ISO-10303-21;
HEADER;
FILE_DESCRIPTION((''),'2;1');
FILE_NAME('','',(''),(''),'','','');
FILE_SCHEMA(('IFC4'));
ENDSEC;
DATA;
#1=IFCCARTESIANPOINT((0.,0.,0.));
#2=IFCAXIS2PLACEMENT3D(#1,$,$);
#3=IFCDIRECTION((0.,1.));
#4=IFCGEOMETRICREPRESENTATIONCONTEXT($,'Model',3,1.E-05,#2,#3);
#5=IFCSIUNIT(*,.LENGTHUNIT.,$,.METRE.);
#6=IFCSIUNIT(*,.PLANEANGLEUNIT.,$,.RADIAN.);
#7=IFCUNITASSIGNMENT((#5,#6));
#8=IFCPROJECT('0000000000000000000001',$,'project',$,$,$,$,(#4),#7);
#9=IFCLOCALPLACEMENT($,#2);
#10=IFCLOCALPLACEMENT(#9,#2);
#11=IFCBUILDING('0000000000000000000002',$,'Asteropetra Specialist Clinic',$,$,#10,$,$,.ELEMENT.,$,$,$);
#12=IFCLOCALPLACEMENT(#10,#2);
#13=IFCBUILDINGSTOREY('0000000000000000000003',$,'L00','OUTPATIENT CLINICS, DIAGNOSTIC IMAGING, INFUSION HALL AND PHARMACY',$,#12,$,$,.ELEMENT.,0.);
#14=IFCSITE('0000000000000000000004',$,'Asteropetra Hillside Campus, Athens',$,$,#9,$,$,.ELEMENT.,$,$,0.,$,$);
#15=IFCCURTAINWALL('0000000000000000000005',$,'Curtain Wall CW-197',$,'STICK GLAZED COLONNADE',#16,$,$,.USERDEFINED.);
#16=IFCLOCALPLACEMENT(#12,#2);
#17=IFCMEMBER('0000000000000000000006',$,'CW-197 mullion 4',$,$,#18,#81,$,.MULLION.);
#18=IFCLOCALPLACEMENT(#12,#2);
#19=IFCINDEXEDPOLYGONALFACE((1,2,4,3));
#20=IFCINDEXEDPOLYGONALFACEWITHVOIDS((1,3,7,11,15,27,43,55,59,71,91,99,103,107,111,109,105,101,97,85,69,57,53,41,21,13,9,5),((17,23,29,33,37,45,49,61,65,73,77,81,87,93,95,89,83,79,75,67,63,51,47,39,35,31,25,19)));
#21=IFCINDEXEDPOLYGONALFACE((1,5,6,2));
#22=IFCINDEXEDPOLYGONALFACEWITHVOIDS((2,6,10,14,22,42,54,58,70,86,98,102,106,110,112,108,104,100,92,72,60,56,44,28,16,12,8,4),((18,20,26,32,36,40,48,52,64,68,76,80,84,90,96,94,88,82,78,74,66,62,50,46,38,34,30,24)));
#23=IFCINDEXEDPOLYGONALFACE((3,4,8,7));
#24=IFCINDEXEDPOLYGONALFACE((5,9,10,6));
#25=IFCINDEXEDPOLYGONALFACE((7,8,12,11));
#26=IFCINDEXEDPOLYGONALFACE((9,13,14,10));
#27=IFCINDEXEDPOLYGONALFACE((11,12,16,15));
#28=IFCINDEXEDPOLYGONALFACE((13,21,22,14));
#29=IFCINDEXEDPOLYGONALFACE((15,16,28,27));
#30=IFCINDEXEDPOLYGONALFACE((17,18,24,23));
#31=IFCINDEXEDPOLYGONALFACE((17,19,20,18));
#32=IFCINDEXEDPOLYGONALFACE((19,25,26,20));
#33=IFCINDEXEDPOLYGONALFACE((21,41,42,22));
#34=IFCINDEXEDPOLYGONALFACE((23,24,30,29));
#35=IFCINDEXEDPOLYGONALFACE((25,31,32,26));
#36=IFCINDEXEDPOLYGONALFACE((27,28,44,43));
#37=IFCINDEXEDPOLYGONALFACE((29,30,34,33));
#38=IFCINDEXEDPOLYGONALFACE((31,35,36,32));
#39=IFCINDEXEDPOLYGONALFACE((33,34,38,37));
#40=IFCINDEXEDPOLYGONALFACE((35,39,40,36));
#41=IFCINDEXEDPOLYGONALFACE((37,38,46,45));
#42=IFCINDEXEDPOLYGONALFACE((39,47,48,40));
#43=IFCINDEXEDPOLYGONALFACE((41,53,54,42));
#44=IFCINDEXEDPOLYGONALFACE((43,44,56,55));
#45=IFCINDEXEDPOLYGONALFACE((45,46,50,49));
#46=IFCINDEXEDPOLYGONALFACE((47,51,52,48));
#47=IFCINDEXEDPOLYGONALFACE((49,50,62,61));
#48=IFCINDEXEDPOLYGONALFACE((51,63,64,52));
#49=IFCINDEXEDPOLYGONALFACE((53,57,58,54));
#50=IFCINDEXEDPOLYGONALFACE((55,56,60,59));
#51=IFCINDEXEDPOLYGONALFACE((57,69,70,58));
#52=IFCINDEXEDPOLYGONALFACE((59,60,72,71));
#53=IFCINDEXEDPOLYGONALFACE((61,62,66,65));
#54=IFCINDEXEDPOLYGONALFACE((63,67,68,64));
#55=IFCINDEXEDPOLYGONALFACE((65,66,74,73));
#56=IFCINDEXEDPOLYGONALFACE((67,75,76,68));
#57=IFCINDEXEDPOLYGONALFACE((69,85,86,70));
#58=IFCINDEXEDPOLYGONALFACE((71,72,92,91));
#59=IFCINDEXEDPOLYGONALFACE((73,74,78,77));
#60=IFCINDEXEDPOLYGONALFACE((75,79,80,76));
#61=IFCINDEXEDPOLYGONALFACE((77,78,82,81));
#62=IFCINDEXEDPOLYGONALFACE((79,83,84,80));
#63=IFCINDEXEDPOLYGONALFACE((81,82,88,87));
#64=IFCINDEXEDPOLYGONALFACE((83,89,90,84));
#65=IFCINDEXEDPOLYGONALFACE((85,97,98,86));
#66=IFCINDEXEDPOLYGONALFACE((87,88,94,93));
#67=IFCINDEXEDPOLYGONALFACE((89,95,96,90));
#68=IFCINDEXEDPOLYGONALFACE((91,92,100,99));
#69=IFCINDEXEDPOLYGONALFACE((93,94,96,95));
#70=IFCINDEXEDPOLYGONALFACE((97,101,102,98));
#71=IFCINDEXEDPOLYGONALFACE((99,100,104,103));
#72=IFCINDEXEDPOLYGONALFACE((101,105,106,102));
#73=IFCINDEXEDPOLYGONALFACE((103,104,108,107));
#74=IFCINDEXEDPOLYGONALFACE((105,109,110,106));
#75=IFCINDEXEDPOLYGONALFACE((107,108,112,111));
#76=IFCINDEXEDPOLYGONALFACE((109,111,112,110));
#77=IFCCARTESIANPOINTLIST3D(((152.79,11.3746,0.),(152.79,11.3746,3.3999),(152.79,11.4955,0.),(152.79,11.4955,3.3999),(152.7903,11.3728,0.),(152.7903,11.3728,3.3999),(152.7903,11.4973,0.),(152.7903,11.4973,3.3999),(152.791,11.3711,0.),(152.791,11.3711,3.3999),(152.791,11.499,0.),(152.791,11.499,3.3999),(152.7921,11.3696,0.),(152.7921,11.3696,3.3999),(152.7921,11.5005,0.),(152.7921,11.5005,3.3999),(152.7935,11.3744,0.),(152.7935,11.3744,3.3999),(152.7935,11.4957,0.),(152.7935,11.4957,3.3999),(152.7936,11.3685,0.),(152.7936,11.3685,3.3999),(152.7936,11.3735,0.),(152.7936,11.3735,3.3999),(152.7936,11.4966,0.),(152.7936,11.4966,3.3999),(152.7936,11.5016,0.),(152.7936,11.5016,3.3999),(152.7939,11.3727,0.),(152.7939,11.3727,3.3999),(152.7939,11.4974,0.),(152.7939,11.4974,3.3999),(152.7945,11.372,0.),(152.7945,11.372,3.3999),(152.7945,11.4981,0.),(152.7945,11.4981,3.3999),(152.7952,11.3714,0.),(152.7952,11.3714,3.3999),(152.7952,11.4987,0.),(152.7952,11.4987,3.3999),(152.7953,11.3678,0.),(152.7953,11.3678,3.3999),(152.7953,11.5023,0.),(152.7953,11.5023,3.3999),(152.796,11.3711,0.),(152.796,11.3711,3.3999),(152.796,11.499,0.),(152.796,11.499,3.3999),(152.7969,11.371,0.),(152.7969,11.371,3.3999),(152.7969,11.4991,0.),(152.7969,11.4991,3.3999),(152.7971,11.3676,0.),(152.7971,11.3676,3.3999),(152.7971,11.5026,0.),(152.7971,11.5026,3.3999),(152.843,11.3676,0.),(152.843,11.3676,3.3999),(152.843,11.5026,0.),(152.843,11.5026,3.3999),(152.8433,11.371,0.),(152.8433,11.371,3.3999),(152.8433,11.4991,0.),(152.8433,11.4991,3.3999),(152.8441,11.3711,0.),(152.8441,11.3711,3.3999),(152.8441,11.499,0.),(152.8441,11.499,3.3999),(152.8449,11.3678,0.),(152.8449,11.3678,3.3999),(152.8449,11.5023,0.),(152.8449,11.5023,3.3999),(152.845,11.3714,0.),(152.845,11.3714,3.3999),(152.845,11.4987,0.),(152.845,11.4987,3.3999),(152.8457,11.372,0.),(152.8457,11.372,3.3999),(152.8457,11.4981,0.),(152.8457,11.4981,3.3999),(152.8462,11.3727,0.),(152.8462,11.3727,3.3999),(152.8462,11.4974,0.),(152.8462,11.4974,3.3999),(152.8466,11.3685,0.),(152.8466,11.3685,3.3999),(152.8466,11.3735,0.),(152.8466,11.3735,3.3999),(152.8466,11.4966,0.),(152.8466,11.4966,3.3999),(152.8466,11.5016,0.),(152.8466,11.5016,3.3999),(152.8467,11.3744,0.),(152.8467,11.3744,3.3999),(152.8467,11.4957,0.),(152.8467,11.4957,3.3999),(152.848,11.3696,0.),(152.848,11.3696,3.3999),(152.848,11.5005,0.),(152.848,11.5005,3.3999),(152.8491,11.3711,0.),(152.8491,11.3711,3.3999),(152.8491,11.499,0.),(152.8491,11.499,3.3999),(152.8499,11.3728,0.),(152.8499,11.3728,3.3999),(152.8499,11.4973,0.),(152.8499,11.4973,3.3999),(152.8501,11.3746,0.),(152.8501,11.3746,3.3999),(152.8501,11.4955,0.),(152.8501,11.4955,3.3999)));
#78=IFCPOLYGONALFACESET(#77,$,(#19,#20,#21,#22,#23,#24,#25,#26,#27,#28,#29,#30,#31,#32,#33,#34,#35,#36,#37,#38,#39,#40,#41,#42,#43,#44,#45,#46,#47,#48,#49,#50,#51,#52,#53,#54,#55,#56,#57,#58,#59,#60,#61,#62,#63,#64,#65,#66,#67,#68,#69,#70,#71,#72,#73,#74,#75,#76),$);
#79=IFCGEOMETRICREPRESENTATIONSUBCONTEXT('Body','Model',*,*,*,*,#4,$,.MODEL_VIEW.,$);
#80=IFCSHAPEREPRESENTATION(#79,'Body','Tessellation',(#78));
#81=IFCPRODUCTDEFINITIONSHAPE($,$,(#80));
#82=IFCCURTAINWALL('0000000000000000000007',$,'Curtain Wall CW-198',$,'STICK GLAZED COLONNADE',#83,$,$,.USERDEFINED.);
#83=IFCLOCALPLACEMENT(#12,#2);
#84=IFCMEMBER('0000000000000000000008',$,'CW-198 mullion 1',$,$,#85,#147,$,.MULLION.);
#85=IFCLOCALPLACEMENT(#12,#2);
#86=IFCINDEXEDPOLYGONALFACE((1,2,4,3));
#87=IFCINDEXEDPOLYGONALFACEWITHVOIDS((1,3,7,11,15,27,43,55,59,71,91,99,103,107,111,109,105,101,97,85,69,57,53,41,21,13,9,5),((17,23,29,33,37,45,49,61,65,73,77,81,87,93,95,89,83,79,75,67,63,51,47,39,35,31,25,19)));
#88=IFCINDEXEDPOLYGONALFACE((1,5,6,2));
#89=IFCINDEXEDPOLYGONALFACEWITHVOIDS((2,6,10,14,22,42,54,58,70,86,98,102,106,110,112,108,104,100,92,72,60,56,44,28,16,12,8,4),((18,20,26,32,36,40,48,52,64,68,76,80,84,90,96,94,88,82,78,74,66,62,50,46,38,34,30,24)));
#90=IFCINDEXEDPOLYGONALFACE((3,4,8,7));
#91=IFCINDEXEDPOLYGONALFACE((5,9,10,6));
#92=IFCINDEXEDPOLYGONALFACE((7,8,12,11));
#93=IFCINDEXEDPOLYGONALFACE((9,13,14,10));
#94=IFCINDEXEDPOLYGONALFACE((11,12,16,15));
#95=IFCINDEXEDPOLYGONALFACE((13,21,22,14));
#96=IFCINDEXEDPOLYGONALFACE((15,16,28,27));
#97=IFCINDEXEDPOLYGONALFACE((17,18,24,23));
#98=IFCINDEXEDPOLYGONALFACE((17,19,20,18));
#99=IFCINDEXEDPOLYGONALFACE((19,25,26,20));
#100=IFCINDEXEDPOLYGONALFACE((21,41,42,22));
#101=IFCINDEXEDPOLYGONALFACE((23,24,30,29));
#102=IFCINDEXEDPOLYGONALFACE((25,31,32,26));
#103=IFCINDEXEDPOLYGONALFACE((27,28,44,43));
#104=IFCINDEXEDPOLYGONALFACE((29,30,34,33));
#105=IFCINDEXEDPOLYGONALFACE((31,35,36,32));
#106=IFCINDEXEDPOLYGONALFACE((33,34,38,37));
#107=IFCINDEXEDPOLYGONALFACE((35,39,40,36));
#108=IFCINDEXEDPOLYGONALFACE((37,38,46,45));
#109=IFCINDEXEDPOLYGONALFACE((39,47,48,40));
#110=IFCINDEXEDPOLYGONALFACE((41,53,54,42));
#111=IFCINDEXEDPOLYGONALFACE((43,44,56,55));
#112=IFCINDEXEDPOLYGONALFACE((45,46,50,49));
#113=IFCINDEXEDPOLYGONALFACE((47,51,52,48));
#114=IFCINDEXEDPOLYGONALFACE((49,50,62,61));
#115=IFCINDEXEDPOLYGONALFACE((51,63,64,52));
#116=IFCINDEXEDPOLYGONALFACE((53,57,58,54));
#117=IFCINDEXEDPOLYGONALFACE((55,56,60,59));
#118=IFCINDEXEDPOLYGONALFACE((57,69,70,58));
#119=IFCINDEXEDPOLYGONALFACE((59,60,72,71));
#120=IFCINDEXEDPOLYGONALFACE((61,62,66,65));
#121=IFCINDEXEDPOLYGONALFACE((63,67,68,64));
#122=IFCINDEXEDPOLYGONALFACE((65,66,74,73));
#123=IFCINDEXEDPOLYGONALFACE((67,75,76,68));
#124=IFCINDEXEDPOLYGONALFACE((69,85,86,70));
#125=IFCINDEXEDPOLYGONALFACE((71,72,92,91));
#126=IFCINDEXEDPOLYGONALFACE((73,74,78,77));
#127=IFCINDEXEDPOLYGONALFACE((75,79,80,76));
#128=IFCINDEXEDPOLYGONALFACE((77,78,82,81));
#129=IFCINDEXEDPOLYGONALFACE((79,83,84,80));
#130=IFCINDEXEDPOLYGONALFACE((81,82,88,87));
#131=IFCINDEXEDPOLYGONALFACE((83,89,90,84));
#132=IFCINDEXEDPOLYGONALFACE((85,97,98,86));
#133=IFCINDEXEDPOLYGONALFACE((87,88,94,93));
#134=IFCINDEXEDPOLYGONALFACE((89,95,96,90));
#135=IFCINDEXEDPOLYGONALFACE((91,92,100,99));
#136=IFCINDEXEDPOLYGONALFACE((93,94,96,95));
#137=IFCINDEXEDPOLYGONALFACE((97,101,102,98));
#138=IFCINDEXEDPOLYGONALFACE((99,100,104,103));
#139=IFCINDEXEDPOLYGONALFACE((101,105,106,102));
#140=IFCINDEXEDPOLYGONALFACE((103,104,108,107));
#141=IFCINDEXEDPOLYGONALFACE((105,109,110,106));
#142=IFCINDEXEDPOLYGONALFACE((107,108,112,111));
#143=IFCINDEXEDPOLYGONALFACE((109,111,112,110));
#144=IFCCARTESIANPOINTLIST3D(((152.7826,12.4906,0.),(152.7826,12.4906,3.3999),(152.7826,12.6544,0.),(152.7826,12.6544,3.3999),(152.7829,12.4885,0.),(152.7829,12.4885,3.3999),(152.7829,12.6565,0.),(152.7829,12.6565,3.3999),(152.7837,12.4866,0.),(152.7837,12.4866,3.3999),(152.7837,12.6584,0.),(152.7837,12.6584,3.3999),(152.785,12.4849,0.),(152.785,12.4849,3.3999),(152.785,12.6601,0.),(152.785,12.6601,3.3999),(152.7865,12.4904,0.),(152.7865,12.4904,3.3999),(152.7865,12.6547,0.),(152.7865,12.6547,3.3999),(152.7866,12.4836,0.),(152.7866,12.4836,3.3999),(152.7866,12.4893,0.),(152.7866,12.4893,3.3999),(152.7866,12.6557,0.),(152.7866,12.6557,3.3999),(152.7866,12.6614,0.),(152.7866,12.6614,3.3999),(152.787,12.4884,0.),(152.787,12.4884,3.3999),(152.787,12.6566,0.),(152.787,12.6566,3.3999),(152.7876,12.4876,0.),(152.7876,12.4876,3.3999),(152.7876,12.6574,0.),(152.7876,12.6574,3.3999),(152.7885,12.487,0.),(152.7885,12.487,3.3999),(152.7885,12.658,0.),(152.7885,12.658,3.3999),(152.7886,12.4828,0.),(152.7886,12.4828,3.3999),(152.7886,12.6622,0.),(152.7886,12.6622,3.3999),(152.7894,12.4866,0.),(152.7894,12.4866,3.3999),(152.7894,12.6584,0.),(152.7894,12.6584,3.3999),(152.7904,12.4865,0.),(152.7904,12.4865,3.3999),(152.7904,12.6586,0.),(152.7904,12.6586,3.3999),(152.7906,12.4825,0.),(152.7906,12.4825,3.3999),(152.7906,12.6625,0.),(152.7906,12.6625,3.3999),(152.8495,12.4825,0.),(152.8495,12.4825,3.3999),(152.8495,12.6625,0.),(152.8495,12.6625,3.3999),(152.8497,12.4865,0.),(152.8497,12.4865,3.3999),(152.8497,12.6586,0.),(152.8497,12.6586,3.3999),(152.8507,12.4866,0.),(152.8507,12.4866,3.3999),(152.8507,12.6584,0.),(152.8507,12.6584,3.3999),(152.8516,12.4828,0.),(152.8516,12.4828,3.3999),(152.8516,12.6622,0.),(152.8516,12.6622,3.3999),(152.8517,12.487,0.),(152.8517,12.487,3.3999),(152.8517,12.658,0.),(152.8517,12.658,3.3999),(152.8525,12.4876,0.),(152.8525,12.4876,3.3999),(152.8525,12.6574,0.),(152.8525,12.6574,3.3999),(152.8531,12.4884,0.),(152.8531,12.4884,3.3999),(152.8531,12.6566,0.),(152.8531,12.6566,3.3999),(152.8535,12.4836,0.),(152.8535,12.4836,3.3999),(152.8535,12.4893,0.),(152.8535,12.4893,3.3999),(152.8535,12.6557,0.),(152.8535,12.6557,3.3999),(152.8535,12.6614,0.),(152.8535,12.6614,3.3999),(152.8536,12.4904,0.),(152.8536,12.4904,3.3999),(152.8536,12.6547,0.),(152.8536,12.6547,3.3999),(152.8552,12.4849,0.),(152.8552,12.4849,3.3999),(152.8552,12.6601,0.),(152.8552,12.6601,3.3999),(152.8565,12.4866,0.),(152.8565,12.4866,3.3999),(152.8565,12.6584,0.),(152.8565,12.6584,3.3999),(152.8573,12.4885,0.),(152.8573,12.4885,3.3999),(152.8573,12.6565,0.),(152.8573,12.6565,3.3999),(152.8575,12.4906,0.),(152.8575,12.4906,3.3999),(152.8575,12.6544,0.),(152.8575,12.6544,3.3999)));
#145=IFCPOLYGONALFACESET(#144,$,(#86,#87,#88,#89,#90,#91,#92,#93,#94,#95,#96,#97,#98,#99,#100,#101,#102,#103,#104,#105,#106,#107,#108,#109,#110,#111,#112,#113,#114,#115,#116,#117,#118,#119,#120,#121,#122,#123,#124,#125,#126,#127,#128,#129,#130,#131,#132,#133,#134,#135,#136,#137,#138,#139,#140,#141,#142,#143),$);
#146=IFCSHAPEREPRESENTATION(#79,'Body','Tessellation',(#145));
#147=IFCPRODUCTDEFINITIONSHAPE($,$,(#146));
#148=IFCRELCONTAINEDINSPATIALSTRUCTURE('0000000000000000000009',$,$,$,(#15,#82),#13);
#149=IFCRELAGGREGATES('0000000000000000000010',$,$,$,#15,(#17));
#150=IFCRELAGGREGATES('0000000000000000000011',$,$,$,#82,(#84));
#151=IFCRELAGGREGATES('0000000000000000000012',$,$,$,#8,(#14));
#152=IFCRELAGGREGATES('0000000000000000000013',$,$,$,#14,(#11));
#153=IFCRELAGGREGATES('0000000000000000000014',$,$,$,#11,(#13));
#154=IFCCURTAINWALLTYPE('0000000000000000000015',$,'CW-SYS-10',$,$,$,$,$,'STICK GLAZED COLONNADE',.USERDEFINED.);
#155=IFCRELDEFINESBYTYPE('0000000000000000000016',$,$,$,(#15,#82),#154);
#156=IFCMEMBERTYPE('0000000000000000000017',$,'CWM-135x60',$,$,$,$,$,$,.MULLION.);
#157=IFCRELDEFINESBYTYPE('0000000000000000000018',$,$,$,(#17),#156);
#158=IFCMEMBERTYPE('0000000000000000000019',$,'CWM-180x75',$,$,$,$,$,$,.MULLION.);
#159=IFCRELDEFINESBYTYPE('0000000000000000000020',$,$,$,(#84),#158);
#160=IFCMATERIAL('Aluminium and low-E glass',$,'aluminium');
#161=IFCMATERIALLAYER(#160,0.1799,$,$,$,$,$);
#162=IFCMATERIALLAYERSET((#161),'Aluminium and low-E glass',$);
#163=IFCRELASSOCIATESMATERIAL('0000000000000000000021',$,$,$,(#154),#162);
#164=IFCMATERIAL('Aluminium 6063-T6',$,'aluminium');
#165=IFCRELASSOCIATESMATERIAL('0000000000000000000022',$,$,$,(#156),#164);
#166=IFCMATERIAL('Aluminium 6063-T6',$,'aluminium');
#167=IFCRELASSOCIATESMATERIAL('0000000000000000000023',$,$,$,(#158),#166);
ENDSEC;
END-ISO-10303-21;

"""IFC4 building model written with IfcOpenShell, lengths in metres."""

from ifc_helpers import new_model, si_unit, direction, frame, origin, origin_2d, place, context, subcontext, project, spatial, hollow_rectangle, extrude, material, layer, layer_set, material_profile, profile_set, type_object, element, aggregate, save


model = new_model("IFC4")

# Units and contexts
model_context = context("Model", 3, precision=1e-05, world=origin(), true_north=direction((0.0, 1.0)))
body_context = subcontext(model_context, "Body", "Model", "MODEL_VIEW")
ifc_project = project(units=[si_unit("LENGTHUNIT", "METRE"), si_unit("PLANEANGLEUNIT", "RADIAN")], contexts=[model_context])

# Site, building, storey
site_placement = place(None, origin())
site = spatial("IfcSite", under=ifc_project, at=site_placement, Name="Asteropetra Hillside Campus, Athens", CompositionType="ELEMENT", RefElevation=0.0)
building_placement = place(site_placement, origin())
building = spatial("IfcBuilding", under=site, at=building_placement, Name="Asteropetra Specialist Clinic", CompositionType="ELEMENT")
storey_placement = place(building_placement, origin())
storey = spatial("IfcBuildingStorey", under=building, at=storey_placement, Name="L00", Description="OUTPATIENT CLINICS, DIAGNOSTIC IMAGING, INFUSION HALL AND PHARMACY", CompositionType="ELEMENT", Elevation=0.0)

# Curtain wall, member
ifc_material_1 = material(Name="Aluminium and low-E glass", Category="aluminium")
ifc_layer_1 = layer(ifc_material_1, 0.1799)
ifc_layer_set_1 = layer_set([ifc_layer_1], Name="Aluminium and low-E glass")
curtain_wall_type = type_object("IfcCurtainWallType", Name="CW-SYS-10", ElementType="STICK GLAZED COLONNADE", PredefinedType="USERDEFINED", material=ifc_layer_set_1)
curtain_wall_1_placement = place(storey_placement, origin())
curtain_wall_1 = element("IfcCurtainWall", 1, at=curtain_wall_1_placement, inside=storey, type_object=curtain_wall_type, Name="Curtain Wall CW-197", ObjectType="STICK GLAZED COLONNADE", PredefinedType="USERDEFINED")
ifc_material_2 = material(Name="Aluminium 6063-T6", Category="aluminium")
ifc_material_profile_1 = material_profile(ifc_material_2, hollow_rectangle(XDim=0.0601, YDim=0.135, WallThickness=0.0034, InnerFilletRadius=0.0034, OuterFilletRadius=0.0071, at=origin_2d()), Name="MUL 135x60x3.5")
ifc_profile_set_1 = profile_set([ifc_material_profile_1], Name="Aluminium 6063-T6")
member_type_1 = type_object("IfcMemberType", Name="CWM-135x60", PredefinedType="MULLION", material=ifc_profile_set_1)
member_1_placement = place(storey_placement, frame((152.8201, 11.4351, 0.0), z_axis=(0.0, 0.0, 1.0), x_axis=(-1.0, 0.0, 0.0)))
member_1 = element("IfcMember", 2, at=member_1_placement, type_object=member_type_1, Name="CW-197 mullion 4", PredefinedType="MULLION", context=body_context, shape_type="SweptSolid", body=[
    extrude(hollow_rectangle(XDim=0.0601, YDim=0.135, WallThickness=0.0034, InnerFilletRadius=0.0034, OuterFilletRadius=0.0071, at=origin_2d()), origin(), (0.0, 0.0, 1.0), 3.3999),
])
aggregate(curtain_wall_1, [member_1])

# Curtain wall, member
curtain_wall_2_placement = place(storey_placement, origin())
curtain_wall_2 = element("IfcCurtainWall", 3, at=curtain_wall_2_placement, inside=storey, type_object=curtain_wall_type, Name="Curtain Wall CW-198", ObjectType="STICK GLAZED COLONNADE", PredefinedType="USERDEFINED")
ifc_material_3 = material(Name="Aluminium 6063-T6", Category="aluminium")
ifc_material_profile_2 = material_profile(ifc_material_3, hollow_rectangle(XDim=0.075, YDim=0.1799, WallThickness=0.0039, InnerFilletRadius=0.0039, OuterFilletRadius=0.0081, at=origin_2d()), Name="MUL 180x75x4.0")
ifc_profile_set_2 = profile_set([ifc_material_profile_2], Name="Aluminium 6063-T6")
member_type_2 = type_object("IfcMemberType", Name="CWM-180x75", PredefinedType="MULLION", material=ifc_profile_set_2)
member_2_placement = place(storey_placement, frame((152.8201, 12.5725, 0.0), z_axis=(0.0, 0.0, 1.0), x_axis=(-1.0, 0.0, 0.0)))
member_2 = element("IfcMember", 4, at=member_2_placement, type_object=member_type_2, Name="CW-198 mullion 1", PredefinedType="MULLION", context=body_context, shape_type="SweptSolid", body=[
    extrude(hollow_rectangle(XDim=0.075, YDim=0.1799, WallThickness=0.0039, InnerFilletRadius=0.0039, OuterFilletRadius=0.0081, at=origin_2d()), origin(), (0.0, 0.0, 1.0), 3.3999),
])
aggregate(curtain_wall_2, [member_2])

save(model, "model.ifc")
